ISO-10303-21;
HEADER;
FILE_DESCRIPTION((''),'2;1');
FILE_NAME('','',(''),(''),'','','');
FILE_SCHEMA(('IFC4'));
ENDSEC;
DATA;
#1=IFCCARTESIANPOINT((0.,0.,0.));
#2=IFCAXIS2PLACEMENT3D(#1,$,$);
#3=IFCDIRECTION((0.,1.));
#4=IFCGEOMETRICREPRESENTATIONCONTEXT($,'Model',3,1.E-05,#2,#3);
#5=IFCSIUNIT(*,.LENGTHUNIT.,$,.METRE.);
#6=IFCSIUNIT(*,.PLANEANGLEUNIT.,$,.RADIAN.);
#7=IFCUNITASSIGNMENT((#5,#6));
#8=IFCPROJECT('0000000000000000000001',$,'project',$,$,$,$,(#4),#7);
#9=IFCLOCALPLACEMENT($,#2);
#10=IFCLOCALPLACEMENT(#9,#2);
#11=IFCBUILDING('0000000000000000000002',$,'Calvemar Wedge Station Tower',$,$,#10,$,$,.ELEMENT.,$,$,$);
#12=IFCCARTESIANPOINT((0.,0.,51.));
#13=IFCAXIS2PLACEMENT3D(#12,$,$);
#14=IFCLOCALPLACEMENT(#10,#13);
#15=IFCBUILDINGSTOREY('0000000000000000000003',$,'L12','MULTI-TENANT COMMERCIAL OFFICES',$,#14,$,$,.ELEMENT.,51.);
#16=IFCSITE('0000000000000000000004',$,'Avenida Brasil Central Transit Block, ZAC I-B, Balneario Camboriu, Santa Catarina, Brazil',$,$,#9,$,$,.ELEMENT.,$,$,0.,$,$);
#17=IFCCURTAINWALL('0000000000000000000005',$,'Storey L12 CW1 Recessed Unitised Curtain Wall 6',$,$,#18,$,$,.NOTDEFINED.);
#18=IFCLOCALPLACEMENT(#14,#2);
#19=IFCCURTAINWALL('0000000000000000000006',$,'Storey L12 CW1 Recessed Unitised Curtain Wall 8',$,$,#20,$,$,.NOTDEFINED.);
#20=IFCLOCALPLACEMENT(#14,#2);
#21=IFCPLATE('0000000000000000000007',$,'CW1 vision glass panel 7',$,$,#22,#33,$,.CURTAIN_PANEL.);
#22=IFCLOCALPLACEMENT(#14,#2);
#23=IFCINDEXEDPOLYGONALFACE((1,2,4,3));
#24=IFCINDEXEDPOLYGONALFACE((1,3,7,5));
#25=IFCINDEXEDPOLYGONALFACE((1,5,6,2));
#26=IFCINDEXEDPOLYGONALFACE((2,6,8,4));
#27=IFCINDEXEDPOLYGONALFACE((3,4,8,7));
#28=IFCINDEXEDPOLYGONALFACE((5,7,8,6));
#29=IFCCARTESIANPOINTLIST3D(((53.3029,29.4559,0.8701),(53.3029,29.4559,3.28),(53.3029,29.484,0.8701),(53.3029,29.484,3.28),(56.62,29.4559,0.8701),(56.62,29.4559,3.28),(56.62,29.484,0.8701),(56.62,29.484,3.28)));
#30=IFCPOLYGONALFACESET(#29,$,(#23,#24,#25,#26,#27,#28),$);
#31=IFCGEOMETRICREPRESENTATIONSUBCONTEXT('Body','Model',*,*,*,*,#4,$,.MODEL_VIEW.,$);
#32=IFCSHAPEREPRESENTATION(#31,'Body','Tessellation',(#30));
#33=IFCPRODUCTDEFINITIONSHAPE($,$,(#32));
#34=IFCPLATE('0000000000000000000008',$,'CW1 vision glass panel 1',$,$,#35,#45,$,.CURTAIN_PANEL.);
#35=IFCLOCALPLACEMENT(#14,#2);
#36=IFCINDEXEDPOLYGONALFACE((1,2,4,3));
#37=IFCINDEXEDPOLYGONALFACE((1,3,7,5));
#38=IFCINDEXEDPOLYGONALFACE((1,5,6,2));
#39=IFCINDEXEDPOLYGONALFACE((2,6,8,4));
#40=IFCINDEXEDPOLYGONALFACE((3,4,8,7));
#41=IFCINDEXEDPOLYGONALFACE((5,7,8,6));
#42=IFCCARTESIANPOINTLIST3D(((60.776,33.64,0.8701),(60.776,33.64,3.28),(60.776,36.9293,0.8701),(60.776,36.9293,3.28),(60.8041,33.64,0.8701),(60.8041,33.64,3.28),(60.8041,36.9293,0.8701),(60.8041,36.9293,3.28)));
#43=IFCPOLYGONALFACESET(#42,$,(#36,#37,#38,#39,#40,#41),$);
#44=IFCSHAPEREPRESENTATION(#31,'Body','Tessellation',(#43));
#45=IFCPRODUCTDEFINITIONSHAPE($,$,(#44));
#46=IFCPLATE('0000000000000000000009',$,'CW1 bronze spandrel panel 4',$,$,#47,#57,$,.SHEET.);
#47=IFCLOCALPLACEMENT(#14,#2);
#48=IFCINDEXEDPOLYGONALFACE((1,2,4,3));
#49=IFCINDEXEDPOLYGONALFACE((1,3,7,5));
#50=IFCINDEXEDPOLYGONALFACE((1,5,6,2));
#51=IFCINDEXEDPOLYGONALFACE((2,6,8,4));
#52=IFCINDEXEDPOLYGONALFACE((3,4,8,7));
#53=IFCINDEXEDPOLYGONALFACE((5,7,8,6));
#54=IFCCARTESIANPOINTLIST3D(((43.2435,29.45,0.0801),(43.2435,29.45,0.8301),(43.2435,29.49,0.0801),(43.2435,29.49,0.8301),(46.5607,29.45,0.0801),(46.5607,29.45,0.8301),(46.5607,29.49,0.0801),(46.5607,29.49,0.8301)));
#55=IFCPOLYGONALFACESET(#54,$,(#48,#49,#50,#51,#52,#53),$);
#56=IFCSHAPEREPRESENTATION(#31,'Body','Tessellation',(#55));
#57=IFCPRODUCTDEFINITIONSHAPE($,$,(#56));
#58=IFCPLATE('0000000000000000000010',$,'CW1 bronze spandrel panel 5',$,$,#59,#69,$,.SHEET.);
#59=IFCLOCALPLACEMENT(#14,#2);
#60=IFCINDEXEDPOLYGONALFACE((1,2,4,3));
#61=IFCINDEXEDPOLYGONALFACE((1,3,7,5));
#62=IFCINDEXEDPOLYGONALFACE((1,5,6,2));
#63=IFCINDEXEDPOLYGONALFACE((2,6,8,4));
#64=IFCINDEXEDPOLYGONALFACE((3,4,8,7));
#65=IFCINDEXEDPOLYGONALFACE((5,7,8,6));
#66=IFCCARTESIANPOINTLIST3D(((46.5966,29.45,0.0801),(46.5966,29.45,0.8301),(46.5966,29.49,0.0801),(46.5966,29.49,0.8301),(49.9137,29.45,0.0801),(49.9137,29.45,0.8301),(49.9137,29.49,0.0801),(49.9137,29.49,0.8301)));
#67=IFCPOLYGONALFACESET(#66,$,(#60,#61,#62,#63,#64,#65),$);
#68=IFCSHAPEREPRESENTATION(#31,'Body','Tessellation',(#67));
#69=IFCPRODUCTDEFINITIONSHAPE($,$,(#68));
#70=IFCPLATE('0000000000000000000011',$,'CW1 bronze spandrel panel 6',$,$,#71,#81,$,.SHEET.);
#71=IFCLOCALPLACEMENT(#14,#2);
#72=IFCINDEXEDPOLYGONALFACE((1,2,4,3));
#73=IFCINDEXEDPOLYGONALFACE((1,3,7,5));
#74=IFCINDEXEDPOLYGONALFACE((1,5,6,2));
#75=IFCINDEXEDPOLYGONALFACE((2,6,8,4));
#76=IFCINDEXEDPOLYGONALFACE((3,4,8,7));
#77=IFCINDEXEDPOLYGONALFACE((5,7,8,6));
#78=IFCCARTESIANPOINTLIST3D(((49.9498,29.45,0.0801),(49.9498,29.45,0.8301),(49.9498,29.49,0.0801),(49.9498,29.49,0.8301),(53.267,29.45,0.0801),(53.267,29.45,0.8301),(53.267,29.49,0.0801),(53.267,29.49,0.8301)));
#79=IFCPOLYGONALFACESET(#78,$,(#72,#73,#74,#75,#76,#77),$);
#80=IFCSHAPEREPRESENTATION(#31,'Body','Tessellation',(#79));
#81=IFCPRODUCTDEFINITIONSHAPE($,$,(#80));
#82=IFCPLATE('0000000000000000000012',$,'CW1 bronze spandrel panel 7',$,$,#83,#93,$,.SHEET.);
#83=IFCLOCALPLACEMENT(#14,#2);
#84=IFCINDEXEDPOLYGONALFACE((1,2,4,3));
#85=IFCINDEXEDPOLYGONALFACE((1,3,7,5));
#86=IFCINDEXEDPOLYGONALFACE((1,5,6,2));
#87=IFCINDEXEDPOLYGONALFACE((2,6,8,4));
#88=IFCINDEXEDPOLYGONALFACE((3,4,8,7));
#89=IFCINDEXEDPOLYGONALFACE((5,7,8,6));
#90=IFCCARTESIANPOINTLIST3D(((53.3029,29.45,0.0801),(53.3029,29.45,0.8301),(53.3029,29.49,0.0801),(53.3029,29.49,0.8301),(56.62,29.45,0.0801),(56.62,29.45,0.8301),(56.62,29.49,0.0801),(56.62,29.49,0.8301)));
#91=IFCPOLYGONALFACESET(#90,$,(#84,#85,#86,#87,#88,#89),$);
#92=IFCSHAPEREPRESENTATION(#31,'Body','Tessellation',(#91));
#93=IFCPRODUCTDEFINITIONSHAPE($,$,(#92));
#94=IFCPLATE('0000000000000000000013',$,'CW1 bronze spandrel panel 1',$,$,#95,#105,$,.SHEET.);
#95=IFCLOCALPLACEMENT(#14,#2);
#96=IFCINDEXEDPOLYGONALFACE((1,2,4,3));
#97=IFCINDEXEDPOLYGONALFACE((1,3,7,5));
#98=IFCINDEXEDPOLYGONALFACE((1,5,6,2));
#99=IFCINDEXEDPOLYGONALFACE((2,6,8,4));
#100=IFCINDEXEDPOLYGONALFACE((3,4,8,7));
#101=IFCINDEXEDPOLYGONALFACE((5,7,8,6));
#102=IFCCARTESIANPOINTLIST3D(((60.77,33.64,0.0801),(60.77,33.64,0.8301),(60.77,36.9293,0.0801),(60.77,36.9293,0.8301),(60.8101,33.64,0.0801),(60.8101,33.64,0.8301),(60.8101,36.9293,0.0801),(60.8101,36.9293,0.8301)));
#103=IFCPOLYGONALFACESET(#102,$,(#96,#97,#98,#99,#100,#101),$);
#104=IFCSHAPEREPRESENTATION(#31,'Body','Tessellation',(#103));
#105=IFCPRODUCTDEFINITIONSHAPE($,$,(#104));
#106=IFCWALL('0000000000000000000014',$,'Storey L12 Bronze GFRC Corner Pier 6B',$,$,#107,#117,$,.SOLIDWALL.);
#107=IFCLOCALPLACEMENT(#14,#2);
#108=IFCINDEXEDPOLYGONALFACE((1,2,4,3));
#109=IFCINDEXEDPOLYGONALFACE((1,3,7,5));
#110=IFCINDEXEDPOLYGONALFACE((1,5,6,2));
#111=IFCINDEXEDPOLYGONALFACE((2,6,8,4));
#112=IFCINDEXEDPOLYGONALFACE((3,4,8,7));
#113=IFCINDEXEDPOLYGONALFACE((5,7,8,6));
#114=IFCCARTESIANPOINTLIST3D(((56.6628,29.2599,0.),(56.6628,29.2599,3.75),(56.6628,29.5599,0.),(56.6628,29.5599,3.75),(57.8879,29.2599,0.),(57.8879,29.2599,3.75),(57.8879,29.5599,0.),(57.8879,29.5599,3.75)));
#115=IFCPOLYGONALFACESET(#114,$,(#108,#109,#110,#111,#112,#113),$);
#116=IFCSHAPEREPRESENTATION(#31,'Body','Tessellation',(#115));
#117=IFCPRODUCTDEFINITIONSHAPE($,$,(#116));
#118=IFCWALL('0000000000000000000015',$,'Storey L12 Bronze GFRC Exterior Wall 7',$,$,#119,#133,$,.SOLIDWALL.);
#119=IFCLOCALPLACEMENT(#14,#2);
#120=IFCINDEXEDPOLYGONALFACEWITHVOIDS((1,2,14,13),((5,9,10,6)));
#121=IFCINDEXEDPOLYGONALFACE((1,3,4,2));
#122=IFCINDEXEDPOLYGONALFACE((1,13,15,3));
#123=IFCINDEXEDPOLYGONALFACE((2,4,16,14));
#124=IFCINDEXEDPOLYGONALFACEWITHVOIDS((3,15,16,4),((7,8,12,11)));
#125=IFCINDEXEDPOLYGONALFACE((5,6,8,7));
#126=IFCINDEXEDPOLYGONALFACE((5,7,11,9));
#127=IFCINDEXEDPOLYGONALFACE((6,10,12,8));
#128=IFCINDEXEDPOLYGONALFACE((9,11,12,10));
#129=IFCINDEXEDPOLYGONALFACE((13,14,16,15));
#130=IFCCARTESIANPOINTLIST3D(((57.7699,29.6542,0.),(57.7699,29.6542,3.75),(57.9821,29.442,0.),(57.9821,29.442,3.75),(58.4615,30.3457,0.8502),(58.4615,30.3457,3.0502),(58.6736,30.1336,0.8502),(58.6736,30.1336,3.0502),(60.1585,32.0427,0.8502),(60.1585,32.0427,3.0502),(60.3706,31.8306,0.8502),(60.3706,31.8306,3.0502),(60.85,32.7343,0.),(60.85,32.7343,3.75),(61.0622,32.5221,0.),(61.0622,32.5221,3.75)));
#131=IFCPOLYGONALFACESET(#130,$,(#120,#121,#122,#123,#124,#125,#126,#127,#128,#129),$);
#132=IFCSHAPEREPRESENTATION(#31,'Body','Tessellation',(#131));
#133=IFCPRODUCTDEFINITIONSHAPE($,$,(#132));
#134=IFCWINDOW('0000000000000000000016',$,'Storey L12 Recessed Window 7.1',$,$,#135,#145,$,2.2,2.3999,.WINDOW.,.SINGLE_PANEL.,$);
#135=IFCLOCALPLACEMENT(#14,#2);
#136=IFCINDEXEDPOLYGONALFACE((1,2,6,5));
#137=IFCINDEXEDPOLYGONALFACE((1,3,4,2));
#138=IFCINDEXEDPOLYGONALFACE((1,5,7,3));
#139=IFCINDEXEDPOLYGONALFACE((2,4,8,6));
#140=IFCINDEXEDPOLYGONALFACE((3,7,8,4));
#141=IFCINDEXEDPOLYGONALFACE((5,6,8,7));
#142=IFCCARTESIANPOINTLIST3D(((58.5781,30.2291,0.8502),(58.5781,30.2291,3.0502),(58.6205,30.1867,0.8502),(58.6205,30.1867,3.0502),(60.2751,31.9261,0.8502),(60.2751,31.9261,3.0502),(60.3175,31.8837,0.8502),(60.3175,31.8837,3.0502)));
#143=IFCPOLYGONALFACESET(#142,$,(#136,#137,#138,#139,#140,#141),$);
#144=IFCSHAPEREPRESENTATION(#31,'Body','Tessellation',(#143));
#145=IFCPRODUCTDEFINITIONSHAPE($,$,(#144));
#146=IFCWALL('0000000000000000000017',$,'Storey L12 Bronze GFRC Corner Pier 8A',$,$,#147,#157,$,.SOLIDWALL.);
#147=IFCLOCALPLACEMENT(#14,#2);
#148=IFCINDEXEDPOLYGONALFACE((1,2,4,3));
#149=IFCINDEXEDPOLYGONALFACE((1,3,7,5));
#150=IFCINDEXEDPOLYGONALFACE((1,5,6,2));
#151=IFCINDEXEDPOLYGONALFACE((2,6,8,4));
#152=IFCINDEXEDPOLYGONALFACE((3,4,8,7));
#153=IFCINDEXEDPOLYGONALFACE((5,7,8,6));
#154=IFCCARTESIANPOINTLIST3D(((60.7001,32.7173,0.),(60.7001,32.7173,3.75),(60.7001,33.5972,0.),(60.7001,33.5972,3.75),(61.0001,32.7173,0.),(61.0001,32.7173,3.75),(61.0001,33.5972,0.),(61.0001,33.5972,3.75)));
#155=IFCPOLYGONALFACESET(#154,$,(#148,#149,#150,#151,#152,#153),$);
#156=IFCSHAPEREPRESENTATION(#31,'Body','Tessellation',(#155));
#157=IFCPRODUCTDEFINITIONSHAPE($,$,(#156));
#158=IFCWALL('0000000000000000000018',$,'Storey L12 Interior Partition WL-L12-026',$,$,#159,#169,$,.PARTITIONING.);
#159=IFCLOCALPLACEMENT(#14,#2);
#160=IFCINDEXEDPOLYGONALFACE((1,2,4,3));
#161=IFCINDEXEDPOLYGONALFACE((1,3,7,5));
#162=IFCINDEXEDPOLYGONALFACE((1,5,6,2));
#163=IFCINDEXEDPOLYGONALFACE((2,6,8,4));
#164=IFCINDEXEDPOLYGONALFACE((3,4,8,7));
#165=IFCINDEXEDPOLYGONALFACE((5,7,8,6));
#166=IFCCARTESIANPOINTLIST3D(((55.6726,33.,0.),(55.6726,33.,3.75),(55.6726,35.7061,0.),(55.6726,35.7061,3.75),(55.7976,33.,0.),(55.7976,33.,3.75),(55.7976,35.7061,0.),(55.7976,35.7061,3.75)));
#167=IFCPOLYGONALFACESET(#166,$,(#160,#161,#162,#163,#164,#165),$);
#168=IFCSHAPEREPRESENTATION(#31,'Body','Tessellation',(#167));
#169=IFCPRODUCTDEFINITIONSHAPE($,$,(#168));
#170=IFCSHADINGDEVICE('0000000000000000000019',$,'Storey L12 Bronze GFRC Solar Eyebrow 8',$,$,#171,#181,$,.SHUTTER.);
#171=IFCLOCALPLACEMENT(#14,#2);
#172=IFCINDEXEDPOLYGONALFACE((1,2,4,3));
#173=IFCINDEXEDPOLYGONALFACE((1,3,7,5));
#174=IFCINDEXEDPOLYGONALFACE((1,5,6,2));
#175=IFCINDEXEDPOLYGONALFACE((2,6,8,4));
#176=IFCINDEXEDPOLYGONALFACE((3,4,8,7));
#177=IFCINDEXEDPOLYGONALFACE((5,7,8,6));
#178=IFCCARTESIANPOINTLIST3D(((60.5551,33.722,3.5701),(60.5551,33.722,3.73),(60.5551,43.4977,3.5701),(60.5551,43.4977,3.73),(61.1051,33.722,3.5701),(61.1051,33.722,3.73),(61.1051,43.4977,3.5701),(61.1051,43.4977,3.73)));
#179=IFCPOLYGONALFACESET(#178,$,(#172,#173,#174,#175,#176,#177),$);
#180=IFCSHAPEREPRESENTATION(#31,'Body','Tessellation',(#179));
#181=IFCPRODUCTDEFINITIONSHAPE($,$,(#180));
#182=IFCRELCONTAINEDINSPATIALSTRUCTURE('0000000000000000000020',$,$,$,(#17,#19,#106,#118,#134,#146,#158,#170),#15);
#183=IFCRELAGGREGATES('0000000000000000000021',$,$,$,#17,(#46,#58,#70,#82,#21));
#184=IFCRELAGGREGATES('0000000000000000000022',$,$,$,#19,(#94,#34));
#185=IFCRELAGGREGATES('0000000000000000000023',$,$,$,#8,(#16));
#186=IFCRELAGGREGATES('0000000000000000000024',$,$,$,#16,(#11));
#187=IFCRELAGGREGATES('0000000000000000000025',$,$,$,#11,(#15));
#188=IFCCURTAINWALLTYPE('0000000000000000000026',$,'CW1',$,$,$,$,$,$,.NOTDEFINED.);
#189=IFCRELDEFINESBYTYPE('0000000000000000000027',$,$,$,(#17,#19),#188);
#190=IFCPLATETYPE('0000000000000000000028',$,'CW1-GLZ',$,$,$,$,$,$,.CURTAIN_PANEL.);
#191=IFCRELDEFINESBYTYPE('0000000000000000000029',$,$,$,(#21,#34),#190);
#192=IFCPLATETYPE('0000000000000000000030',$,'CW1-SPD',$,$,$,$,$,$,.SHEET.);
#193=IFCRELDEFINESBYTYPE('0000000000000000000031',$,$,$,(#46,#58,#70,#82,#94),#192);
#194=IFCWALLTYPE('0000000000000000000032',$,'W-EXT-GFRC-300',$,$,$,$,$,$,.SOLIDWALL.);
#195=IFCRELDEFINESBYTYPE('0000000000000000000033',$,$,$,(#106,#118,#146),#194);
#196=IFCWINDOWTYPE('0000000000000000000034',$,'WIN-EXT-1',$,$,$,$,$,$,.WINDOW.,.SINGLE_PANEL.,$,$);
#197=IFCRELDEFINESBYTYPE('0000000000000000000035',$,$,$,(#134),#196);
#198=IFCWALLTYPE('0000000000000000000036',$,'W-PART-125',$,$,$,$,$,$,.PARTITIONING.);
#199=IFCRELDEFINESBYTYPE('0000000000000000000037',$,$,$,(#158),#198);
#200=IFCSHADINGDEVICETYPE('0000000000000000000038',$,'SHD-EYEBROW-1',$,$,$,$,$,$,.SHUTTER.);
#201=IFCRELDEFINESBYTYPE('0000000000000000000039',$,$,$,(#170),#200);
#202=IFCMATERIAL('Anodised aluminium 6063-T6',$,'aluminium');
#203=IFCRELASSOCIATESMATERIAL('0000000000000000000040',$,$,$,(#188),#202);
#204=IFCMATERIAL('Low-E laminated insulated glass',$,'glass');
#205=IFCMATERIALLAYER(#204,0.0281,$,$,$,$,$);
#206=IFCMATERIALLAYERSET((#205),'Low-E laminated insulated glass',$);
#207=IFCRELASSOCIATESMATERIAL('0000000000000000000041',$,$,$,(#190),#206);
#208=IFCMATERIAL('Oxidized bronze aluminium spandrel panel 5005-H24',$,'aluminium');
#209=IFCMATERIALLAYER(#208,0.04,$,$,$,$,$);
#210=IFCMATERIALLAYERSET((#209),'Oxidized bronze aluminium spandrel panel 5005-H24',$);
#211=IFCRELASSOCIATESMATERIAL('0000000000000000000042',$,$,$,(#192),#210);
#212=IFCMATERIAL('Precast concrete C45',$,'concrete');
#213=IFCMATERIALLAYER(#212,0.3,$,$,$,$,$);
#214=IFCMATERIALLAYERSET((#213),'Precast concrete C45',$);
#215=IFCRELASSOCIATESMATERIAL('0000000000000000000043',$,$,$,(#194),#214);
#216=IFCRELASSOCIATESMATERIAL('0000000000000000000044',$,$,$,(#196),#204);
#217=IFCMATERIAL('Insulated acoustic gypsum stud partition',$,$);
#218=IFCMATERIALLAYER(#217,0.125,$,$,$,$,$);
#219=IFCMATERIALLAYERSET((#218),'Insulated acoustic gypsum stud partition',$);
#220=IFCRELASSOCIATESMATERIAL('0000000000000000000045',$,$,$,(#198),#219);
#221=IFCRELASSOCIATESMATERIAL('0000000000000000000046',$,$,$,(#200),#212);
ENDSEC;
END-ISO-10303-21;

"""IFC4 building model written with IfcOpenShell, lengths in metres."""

from ifc_helpers import new_model, si_unit, direction, frame, frame_2d, origin, place, context, subcontext, project, spatial, rectangle, extrude, source, transform, mapped, material, layer, layer_set, type_object, element, fill, aggregate, save


model = new_model("IFC4")

# Units and contexts
model_context = context("Model", 3, precision=1e-05, world=origin(), true_north=direction((0.0, 1.0)))
body_context = subcontext(model_context, "Body", "Model", "MODEL_VIEW")
ifc_project = project(units=[si_unit("LENGTHUNIT", "METRE"), si_unit("PLANEANGLEUNIT", "RADIAN")], contexts=[model_context])

# Site, building, storey
site_placement = place(None, origin())
site = spatial("IfcSite", under=ifc_project, at=site_placement, Name="Avenida Brasil Central Transit Block, ZAC I-B, Balneario Camboriu, Santa Catarina, Brazil", CompositionType="ELEMENT", RefElevation=0.0)
building_placement = place(site_placement, origin())
building = spatial("IfcBuilding", under=site, at=building_placement, Name="Calvemar Wedge Station Tower", CompositionType="ELEMENT")
storey_placement = place(building_placement, frame((0.0, 0.0, 51.0)))
storey = spatial("IfcBuildingStorey", under=building, at=storey_placement, Name="L12", Description="MULTI-TENANT COMMERCIAL OFFICES", CompositionType="ELEMENT", Elevation=51.0)

# Curtain walls
ifc_material_1 = material(Name="Anodised aluminium 6063-T6", Category="aluminium")
curtain_wall_type = type_object("IfcCurtainWallType", Name="CW1", PredefinedType="NOTDEFINED", material=ifc_material_1)
curtain_wall_1_placement = place(storey_placement, origin())
curtain_wall_1 = element("IfcCurtainWall", 1, at=curtain_wall_1_placement, inside=storey, type_object=curtain_wall_type, Name="Storey L12 CW1 Recessed Unitised Curtain Wall 6", PredefinedType="NOTDEFINED")
curtain_wall_2_placement = place(storey_placement, origin())
curtain_wall_2 = element("IfcCurtainWall", 2, at=curtain_wall_2_placement, inside=storey, type_object=curtain_wall_type, Name="Storey L12 CW1 Recessed Unitised Curtain Wall 8", PredefinedType="NOTDEFINED")

# Plates
ifc_material_2 = material(Name="Low-E laminated insulated glass", Category="glass")
ifc_layer_1 = layer(ifc_material_2, 0.0281)
ifc_layer_set_1 = layer_set([ifc_layer_1], Name="Low-E laminated insulated glass")
plate_type_1 = type_object("IfcPlateType", Name="CW1-GLZ", PredefinedType="CURTAIN_PANEL", material=ifc_layer_set_1)
plate_1_placement = place(storey_placement, frame((53.3027, 29.47, 0.8701), z_axis=(0.0, 0.0, 1.0), x_axis=(1.0, 0.0, 0.0)))
plate_1 = element("IfcPlate", 3, at=plate_1_placement, type_object=plate_type_1, Name="CW1 vision glass panel 7", PredefinedType="CURTAIN_PANEL", context=body_context, shape_type="SweptSolid", body=[
    extrude(rectangle(XDim=3.3171, YDim=0.0281, at=frame_2d((1.6587, 0.0))), origin(), (0.0, 0.0, 1.0), 2.4099),
])
plate_2_placement = place(storey_placement, frame((60.79, 33.6401, 0.8701), z_axis=(0.0, 0.0, 1.0), x_axis=(0.0, 1.0, 0.0)))
plate_2 = element("IfcPlate", 4, at=plate_2_placement, type_object=plate_type_1, Name="CW1 vision glass panel 1", PredefinedType="CURTAIN_PANEL", context=body_context, shape_type="SweptSolid", body=[
    extrude(rectangle(XDim=3.2893, YDim=0.0281, at=frame_2d((1.6445, 0.0))), origin(), (0.0, 0.0, 1.0), 2.4099),
])
ifc_material_3 = material(Name="Oxidized bronze aluminium spandrel panel 5005-H24", Category="aluminium")
ifc_layer_2 = layer(ifc_material_3, 0.04)
ifc_layer_set_2 = layer_set([ifc_layer_2], Name="Oxidized bronze aluminium spandrel panel 5005-H24")
plate_type_2 = type_object("IfcPlateType", Name="CW1-SPD", PredefinedType="SHEET", material=ifc_layer_set_2)
plate_3_placement = place(storey_placement, frame((43.2434, 29.47, 0.0801), z_axis=(0.0, 0.0, 1.0), x_axis=(1.0, 0.0, 0.0)))
plate_3 = element("IfcPlate", 5, at=plate_3_placement, type_object=plate_type_2, Name="CW1 bronze spandrel panel 4", PredefinedType="SHEET", context=body_context, shape_type="SweptSolid", body=[
    extrude(rectangle(XDim=3.3171, YDim=0.04, at=frame_2d((1.6587, 0.0))), origin(), (0.0, 0.0, 1.0), 0.75),
])
plate_4_placement = place(storey_placement, frame((46.5964, 29.47, 0.0801), z_axis=(0.0, 0.0, 1.0), x_axis=(1.0, 0.0, 0.0)))
plate_4 = element("IfcPlate", 6, at=plate_4_placement, type_object=plate_type_2, Name="CW1 bronze spandrel panel 5", PredefinedType="SHEET", context=body_context, shape_type="SweptSolid", body=[
    extrude(rectangle(XDim=3.3171, YDim=0.04, at=frame_2d((1.6587, 0.0))), origin(), (0.0, 0.0, 1.0), 0.75),
])
plate_5_placement = place(storey_placement, frame((49.9497, 29.47, 0.0801), z_axis=(0.0, 0.0, 1.0), x_axis=(1.0, 0.0, 0.0)))
plate_5 = element("IfcPlate", 7, at=plate_5_placement, type_object=plate_type_2, Name="CW1 bronze spandrel panel 6", PredefinedType="SHEET", context=body_context, shape_type="SweptSolid", body=[
    extrude(rectangle(XDim=3.3171, YDim=0.04, at=frame_2d((1.6587, 0.0))), origin(), (0.0, 0.0, 1.0), 0.75),
])
plate_6_placement = place(storey_placement, frame((53.3027, 29.47, 0.0801), z_axis=(0.0, 0.0, 1.0), x_axis=(1.0, 0.0, 0.0)))
plate_6 = element("IfcPlate", 8, at=plate_6_placement, type_object=plate_type_2, Name="CW1 bronze spandrel panel 7", PredefinedType="SHEET", context=body_context, shape_type="SweptSolid", body=[
    extrude(rectangle(XDim=3.3171, YDim=0.04, at=frame_2d((1.6587, 0.0))), origin(), (0.0, 0.0, 1.0), 0.75),
])
aggregate(curtain_wall_1, [plate_3, plate_4, plate_5, plate_6, plate_1])
plate_7_placement = place(storey_placement, frame((60.79, 33.6401, 0.0801), z_axis=(0.0, 0.0, 1.0), x_axis=(0.0, 1.0, 0.0)))
plate_7 = element("IfcPlate", 9, at=plate_7_placement, type_object=plate_type_2, Name="CW1 bronze spandrel panel 1", PredefinedType="SHEET", context=body_context, shape_type="SweptSolid", body=[
    extrude(rectangle(XDim=3.2893, YDim=0.04, at=frame_2d((1.6445, 0.0))), origin(), (0.0, 0.0, 1.0), 0.75),
])
aggregate(curtain_wall_2, [plate_7, plate_2])

# Wall
ifc_material_4 = material(Name="Precast concrete C45", Category="concrete")
ifc_layer_3 = layer(ifc_material_4, 0.3)
ifc_layer_set_3 = layer_set([ifc_layer_3], Name="Precast concrete C45")
wall_type_1 = type_object("IfcWallType", Name="W-EXT-GFRC-300", PredefinedType="SOLIDWALL", material=ifc_layer_set_3)
wall_1_placement = place(storey_placement, frame((56.6628, 29.4099, 0.0), z_axis=(0.0, 0.0, 1.0), x_axis=(1.0, 0.0, 0.0)))
element("IfcWall", 10, at=wall_1_placement, inside=storey, type_object=wall_type_1, Name="Storey L12 Bronze GFRC Corner Pier 6B", PredefinedType="SOLIDWALL", context=body_context, shape_type="SweptSolid", body=[
    extrude(rectangle(XDim=1.2251, YDim=0.3, at=frame_2d((0.6125, 0.0))), origin(), (0.0, 0.0, 1.0), 3.75),
])

# Wall, opening, window
wall_2_placement = place(storey_placement, frame((57.876, 29.5481, 0.0), z_axis=(0.0, 0.0, 1.0), x_axis=(0.707107, 0.707107, 0.0)))
wall_2 = element("IfcWall", 11, at=wall_2_placement, inside=storey, type_object=wall_type_1, Name="Storey L12 Bronze GFRC Exterior Wall 7", PredefinedType="SOLIDWALL", context=body_context, shape_type="SweptSolid", body=[
    extrude(rectangle(XDim=4.356, YDim=0.3, at=frame_2d((2.178, 0.0))), origin(), (0.0, 0.0, 1.0), 3.75),
])
shared_shape_1 = source(origin(), body_context, "Body", "SweptSolid", [
    extrude(rectangle(XDim=2.3999, YDim=2.2, at=frame_2d((1.2, 1.1001))), frame((0.0, 0.1602, 0.0), z_axis=(0.0, -1.0, 0.0), x_axis=(1.0, 0.0, 0.0)), (0.0, 0.0, 1.0), 0.3201),
])
opening_placement = place(wall_2_placement, frame((0.978, 0.0, 0.8501)))
opening = element("IfcOpeningElement", 12, at=opening_placement, cuts=wall_2, PredefinedType="OPENING", context=body_context, shape_type="MappedRepresentation", body=[
    mapped(shared_shape_1, transform((0.0, 0.0, 0.0), scale=1.0)),
])
window_type = type_object("IfcWindowType", Name="WIN-EXT-1", PartitioningType="SINGLE_PANEL", PredefinedType="WINDOW", material=ifc_material_2)
shared_shape_2 = source(origin(), body_context, "Body", "SweptSolid", [
    extrude(rectangle(XDim=2.3999, YDim=2.2, at=frame_2d((1.2, 1.1001))), frame((0.0, -0.0149, 0.0), z_axis=(0.0, -1.0, 0.0), x_axis=(1.0, 0.0, 0.0)), (0.0, 0.0, 1.0), 0.0601),
])
window_placement = place(opening_placement, origin())
window = element("IfcWindow", 13, at=window_placement, inside=storey, type_object=window_type, Name="Storey L12 Recessed Window 7.1", OverallHeight=2.2, OverallWidth=2.3999, PartitioningType="SINGLE_PANEL", PredefinedType="WINDOW", context=body_context, shape_type="MappedRepresentation", body=[
    mapped(shared_shape_2, transform((0.0, 0.0, 0.0), scale=1.0)),
])
fill(opening, window)

# Walls
wall_3_placement = place(storey_placement, frame((60.8501, 32.7173, 0.0), z_axis=(0.0, 0.0, 1.0), x_axis=(0.0, 1.0, 0.0)))
element("IfcWall", 14, at=wall_3_placement, inside=storey, type_object=wall_type_1, Name="Storey L12 Bronze GFRC Corner Pier 8A", PredefinedType="SOLIDWALL", context=body_context, shape_type="SweptSolid", body=[
    extrude(rectangle(XDim=0.8799, YDim=0.3, at=frame_2d((0.4399, 0.0))), origin(), (0.0, 0.0, 1.0), 3.75),
])
ifc_material_5 = material(Name="Insulated acoustic gypsum stud partition")
ifc_layer_4 = layer(ifc_material_5, 0.125)
ifc_layer_set_4 = layer_set([ifc_layer_4], Name="Insulated acoustic gypsum stud partition")
wall_type_2 = type_object("IfcWallType", Name="W-PART-125", PredefinedType="PARTITIONING", material=ifc_layer_set_4)
wall_4_placement = place(storey_placement, frame((55.7351, 33.0, 0.0), z_axis=(0.0, 0.0, 1.0), x_axis=(0.0, 1.0, 0.0)))
element("IfcWall", 15, at=wall_4_placement, inside=storey, type_object=wall_type_2, Name="Storey L12 Interior Partition WL-L12-026", PredefinedType="PARTITIONING", context=body_context, shape_type="SweptSolid", body=[
    extrude(rectangle(XDim=2.7061, YDim=0.125, at=frame_2d((1.353, 0.0))), origin(), (0.0, 0.0, 1.0), 3.75),
])

# Shading device
shading_device_type = type_object("IfcShadingDeviceType", Name="SHD-EYEBROW-1", PredefinedType="SHUTTER", material=ifc_material_4)
shading_device_placement = place(storey_placement, frame((60.8301, 33.7222, 3.5701), z_axis=(0.0, 0.0, 1.0), x_axis=(0.0, 1.0, 0.0)))
element("IfcShadingDevice", 16, at=shading_device_placement, inside=storey, type_object=shading_device_type, Name="Storey L12 Bronze GFRC Solar Eyebrow 8", PredefinedType="SHUTTER", context=body_context, shape_type="SweptSolid", body=[
    extrude(rectangle(XDim=9.7756, YDim=0.55, at=frame_2d((4.8877, 0.0))), origin(), (0.0, 0.0, 1.0), 0.1599),
])

save(model, "model.ifc")
